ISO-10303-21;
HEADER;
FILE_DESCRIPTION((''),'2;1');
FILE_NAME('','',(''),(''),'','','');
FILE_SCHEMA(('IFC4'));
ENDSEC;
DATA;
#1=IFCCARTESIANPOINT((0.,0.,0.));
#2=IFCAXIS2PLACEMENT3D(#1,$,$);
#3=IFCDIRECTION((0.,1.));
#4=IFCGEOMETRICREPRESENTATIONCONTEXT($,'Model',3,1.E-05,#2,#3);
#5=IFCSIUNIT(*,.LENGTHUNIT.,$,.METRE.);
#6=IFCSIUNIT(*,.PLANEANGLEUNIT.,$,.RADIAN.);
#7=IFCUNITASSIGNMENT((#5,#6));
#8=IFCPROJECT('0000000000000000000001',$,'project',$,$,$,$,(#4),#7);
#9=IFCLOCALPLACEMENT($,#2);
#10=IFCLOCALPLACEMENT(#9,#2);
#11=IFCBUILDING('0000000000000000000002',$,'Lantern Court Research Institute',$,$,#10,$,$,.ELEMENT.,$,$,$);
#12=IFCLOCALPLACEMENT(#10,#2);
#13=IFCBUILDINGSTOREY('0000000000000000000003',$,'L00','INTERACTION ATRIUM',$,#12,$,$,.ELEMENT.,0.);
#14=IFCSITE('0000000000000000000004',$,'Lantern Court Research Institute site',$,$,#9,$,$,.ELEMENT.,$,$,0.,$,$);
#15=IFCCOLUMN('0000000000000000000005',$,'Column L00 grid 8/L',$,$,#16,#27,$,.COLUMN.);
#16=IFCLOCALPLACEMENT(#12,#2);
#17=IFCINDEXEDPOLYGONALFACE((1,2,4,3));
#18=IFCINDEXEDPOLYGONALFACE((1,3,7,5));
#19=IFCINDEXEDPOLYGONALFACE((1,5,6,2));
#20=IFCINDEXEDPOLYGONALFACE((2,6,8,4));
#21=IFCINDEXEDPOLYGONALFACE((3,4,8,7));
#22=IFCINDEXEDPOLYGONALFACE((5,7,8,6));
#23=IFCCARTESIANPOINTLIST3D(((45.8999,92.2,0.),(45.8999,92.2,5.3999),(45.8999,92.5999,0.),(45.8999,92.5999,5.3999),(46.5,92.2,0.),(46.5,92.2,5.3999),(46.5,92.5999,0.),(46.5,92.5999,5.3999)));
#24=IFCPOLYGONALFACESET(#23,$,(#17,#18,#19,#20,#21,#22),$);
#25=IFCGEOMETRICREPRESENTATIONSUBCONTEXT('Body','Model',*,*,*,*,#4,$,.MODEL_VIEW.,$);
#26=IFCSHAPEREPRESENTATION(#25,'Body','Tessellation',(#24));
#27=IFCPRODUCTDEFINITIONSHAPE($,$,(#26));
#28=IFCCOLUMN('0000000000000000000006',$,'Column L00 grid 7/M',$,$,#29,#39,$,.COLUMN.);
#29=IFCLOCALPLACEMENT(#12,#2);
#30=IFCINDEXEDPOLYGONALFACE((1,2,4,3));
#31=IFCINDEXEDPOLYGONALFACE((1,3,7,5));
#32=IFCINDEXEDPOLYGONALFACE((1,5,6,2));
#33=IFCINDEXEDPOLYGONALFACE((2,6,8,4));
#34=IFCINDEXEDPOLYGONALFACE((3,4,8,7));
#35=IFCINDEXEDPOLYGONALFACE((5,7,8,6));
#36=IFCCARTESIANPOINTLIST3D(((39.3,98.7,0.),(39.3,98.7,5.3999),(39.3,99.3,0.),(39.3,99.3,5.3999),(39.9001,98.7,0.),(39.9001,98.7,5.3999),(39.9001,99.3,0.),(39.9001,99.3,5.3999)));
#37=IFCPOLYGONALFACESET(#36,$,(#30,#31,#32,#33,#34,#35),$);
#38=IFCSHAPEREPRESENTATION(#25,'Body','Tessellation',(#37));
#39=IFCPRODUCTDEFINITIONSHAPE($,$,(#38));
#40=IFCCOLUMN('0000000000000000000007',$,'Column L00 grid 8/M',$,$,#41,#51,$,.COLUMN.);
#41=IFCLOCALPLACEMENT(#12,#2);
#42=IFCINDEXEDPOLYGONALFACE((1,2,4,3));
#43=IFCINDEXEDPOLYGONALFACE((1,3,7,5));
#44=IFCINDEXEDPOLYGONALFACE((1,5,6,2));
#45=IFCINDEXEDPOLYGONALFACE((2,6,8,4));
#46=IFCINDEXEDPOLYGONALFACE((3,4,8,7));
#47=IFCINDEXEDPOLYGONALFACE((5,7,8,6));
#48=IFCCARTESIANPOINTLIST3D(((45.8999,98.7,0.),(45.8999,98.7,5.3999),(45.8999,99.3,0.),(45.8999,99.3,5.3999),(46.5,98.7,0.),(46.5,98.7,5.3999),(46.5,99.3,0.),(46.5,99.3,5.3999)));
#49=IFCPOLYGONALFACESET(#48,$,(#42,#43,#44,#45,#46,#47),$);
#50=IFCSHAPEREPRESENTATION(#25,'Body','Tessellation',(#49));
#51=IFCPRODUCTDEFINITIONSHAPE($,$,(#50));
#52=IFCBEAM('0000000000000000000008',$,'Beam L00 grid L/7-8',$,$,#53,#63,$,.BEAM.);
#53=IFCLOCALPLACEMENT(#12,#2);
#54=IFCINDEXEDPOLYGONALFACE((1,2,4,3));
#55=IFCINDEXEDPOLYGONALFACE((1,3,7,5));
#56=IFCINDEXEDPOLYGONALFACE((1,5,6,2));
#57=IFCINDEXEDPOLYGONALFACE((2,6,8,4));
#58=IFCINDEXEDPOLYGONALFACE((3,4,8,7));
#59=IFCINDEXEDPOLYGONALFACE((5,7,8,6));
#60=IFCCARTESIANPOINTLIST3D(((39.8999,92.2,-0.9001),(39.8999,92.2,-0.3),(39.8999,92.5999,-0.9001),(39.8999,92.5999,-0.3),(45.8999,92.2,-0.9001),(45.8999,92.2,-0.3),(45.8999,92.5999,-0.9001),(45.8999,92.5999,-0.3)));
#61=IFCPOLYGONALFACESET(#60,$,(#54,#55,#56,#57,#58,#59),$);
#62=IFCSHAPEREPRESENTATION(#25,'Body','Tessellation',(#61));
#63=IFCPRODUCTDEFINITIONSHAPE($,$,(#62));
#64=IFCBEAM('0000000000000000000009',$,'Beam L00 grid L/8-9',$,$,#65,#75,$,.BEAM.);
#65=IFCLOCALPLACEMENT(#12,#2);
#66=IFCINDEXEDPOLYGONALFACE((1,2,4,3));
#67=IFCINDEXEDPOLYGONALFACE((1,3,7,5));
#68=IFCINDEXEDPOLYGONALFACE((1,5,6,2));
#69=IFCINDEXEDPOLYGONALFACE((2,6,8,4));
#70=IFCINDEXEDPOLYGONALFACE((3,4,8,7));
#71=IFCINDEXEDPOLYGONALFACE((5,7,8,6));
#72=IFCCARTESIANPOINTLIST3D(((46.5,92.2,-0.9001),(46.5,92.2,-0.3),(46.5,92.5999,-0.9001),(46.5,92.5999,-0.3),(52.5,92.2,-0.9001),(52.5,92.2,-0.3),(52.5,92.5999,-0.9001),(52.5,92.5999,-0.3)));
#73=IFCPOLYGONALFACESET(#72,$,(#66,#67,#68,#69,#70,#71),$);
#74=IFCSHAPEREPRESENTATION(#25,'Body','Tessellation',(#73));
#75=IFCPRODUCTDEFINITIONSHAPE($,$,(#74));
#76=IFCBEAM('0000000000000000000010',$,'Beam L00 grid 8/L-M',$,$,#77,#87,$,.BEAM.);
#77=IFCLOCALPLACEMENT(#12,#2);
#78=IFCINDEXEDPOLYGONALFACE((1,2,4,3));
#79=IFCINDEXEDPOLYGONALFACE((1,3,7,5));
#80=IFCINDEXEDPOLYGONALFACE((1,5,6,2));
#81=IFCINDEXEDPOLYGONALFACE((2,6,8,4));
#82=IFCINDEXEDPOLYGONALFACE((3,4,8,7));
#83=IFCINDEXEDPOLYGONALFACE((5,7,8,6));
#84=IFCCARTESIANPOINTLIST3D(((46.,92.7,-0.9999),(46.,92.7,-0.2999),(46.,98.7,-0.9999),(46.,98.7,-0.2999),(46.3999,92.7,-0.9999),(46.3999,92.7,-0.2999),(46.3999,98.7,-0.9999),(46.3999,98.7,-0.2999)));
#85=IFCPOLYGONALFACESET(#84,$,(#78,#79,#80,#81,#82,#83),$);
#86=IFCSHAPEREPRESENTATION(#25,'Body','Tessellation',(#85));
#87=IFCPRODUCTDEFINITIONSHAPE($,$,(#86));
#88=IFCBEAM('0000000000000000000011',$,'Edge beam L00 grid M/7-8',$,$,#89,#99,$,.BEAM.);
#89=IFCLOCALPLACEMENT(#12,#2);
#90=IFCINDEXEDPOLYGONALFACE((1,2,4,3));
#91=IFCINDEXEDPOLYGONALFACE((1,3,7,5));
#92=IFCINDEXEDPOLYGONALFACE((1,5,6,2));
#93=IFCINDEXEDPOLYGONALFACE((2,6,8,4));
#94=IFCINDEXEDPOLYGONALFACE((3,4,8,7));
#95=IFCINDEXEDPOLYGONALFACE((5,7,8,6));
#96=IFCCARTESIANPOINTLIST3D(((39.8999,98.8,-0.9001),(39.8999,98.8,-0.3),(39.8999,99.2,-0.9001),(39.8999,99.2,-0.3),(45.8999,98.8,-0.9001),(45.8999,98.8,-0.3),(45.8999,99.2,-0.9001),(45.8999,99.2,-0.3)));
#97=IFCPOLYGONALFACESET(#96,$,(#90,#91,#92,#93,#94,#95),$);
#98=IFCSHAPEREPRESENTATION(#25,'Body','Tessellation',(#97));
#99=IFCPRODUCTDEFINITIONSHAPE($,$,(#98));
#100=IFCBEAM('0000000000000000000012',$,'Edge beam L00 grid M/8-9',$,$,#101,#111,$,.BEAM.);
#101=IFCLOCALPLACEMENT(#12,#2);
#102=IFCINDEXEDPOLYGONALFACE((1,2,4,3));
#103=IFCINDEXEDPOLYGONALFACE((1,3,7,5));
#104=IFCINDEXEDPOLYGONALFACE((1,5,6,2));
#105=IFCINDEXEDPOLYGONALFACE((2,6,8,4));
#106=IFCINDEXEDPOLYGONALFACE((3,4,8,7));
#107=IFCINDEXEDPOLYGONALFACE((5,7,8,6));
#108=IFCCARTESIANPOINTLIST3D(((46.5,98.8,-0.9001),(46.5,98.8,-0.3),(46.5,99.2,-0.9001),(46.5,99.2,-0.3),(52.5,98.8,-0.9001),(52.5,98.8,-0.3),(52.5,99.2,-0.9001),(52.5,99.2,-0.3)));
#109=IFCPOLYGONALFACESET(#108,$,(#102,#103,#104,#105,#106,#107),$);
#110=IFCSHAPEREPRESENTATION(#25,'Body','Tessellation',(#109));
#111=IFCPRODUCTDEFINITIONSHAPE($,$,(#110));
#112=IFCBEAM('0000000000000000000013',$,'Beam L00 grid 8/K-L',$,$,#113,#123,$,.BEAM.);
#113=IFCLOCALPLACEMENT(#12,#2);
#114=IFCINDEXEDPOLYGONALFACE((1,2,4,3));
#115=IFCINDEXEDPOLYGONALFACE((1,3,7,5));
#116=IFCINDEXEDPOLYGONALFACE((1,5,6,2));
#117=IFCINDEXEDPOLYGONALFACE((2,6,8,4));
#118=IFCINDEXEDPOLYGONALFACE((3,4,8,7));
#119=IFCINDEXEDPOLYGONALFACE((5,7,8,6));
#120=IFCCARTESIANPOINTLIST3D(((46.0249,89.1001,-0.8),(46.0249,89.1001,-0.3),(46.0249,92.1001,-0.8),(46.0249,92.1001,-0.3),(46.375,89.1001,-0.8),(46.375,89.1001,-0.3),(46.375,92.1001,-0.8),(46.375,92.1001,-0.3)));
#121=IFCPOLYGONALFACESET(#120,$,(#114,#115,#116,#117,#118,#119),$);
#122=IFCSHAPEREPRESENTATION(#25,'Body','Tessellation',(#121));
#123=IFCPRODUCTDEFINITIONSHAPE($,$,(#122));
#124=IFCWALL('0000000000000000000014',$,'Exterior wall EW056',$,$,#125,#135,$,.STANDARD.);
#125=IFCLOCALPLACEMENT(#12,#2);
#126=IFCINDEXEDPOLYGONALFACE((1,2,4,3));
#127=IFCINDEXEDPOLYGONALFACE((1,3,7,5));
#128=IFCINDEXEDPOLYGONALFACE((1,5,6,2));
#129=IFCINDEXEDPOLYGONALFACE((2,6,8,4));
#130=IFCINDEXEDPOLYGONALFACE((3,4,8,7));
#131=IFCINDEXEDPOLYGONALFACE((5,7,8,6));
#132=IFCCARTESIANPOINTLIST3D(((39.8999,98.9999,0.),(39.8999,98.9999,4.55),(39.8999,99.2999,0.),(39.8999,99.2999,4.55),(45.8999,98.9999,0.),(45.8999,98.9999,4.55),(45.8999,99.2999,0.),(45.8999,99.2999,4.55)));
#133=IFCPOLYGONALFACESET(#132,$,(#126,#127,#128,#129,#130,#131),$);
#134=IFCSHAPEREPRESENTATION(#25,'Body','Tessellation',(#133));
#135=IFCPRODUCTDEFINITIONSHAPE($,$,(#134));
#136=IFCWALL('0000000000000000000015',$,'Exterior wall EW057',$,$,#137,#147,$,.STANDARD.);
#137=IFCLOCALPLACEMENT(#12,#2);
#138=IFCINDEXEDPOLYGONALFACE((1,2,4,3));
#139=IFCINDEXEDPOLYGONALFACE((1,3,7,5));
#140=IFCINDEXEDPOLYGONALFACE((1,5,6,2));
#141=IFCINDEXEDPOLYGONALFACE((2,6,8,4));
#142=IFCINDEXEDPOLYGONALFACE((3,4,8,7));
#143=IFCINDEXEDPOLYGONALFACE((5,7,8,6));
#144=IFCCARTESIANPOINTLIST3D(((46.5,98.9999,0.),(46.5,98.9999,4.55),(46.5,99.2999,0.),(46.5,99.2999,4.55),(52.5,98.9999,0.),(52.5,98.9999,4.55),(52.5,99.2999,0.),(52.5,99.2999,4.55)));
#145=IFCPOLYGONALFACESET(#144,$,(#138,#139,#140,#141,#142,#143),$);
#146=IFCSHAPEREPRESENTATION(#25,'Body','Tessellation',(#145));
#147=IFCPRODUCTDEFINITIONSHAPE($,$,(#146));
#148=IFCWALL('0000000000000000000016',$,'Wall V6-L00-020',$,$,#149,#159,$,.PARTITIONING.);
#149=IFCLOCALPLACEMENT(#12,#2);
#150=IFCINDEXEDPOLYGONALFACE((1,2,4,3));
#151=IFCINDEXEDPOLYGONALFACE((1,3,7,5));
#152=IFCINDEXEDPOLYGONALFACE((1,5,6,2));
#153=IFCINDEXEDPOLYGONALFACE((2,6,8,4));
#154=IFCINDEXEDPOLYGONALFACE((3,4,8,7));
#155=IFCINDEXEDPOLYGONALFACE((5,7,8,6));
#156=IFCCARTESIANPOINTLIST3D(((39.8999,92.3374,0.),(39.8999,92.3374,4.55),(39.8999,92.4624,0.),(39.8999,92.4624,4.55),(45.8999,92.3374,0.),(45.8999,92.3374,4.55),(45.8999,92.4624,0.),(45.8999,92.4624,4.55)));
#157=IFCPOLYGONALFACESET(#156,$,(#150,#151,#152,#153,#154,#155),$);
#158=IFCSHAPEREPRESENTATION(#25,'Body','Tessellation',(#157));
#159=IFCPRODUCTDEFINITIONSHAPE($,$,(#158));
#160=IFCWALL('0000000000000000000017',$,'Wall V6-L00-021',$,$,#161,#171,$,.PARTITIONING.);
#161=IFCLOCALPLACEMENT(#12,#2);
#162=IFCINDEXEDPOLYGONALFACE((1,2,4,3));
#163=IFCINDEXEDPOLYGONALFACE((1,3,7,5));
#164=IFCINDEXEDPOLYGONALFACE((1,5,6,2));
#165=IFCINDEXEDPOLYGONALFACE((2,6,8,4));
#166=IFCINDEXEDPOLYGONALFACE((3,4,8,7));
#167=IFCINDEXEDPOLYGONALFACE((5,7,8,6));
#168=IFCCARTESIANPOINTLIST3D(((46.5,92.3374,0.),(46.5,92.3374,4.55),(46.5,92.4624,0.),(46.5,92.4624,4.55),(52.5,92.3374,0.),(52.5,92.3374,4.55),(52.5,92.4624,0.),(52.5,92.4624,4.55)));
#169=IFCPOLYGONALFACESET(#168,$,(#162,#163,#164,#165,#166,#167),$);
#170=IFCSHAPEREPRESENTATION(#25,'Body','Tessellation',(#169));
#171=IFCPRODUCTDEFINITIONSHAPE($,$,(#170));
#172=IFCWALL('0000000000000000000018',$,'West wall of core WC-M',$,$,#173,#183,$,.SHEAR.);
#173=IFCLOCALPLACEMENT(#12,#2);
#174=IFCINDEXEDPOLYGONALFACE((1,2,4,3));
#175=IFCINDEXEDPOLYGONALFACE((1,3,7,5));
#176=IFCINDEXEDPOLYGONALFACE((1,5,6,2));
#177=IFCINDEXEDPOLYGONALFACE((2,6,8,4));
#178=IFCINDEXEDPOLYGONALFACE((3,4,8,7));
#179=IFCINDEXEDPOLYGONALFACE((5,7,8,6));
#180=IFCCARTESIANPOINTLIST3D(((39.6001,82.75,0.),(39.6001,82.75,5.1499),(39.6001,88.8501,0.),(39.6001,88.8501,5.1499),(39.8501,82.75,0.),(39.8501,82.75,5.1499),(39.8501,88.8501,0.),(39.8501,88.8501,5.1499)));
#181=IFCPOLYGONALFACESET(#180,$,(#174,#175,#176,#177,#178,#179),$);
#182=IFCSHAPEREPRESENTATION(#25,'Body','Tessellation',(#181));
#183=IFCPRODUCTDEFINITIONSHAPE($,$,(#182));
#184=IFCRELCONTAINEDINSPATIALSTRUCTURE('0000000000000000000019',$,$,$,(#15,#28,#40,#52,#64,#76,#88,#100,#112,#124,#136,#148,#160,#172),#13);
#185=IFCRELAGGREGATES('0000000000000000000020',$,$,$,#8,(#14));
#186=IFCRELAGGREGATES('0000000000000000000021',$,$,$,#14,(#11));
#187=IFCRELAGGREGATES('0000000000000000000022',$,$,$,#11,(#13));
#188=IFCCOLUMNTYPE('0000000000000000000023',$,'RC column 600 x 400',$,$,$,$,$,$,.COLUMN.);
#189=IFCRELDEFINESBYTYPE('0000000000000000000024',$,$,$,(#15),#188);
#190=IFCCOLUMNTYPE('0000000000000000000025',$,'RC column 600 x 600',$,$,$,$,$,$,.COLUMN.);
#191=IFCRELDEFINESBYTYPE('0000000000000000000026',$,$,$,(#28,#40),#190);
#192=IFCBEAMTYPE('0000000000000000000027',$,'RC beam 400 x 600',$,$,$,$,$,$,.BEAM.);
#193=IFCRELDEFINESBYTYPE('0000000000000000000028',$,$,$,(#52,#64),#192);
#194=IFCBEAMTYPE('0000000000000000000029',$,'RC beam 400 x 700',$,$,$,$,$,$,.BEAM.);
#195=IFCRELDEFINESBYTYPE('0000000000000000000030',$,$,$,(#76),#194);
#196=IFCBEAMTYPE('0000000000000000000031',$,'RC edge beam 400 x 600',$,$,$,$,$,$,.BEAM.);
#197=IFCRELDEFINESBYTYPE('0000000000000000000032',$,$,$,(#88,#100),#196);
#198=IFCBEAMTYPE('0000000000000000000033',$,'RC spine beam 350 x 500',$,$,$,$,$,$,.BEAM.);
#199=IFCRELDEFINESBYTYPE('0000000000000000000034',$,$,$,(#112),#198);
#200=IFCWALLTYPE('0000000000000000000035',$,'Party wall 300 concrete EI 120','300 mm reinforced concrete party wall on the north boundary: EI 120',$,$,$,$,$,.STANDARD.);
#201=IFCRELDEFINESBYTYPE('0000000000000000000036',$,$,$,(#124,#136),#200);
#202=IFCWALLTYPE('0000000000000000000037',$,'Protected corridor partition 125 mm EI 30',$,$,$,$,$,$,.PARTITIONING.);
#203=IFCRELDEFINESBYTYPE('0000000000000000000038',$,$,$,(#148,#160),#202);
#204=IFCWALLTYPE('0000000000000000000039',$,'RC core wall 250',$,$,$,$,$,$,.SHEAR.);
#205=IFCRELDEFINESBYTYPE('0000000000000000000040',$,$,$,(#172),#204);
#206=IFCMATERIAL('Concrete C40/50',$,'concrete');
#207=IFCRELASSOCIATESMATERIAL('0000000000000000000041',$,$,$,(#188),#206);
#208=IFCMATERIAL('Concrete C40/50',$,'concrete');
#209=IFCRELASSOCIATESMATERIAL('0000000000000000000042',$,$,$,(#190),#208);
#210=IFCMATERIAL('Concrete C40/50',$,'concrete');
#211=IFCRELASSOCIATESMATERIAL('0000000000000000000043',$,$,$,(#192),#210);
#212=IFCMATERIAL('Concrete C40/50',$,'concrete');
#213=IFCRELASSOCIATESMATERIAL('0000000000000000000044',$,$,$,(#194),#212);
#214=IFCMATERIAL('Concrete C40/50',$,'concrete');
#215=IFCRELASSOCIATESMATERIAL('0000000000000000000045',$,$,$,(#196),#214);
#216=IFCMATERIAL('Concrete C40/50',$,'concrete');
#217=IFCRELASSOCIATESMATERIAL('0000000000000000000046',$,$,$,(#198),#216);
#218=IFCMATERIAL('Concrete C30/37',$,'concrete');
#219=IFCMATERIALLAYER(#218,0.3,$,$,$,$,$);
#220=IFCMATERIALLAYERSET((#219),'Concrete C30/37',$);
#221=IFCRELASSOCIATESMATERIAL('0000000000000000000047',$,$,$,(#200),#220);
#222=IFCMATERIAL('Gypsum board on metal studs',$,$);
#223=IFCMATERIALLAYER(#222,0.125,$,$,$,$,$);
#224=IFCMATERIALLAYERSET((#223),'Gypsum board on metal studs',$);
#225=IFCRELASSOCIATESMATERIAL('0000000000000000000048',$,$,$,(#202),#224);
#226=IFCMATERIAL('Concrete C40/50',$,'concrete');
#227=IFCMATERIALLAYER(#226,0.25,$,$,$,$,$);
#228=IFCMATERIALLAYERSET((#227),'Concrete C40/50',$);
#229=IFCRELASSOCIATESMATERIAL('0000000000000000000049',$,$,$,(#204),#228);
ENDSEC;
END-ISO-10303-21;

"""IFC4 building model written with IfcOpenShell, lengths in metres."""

from ifc_helpers import new_model, si_unit, direction, frame, frame_2d, origin, origin_2d, place, context, subcontext, project, spatial, rectangle, extrude, material, layer, layer_set, material_profile, profile_set, type_object, element, save


model = new_model("IFC4")

# Units and contexts
model_context = context("Model", 3, precision=1e-05, world=origin(), true_north=direction((0.0, 1.0)))
body_context = subcontext(model_context, "Body", "Model", "MODEL_VIEW")
ifc_project = project(units=[si_unit("LENGTHUNIT", "METRE"), si_unit("PLANEANGLEUNIT", "RADIAN")], contexts=[model_context])

# Site, building, storey
site_placement = place(None, origin())
site = spatial("IfcSite", under=ifc_project, at=site_placement, Name="Lantern Court Research Institute site", CompositionType="ELEMENT", RefElevation=0.0)
building_placement = place(site_placement, origin())
building = spatial("IfcBuilding", under=site, at=building_placement, Name="Lantern Court Research Institute", CompositionType="ELEMENT")
storey_placement = place(building_placement, origin())
storey = spatial("IfcBuildingStorey", under=building, at=storey_placement, Name="L00", Description="INTERACTION ATRIUM", CompositionType="ELEMENT", Elevation=0.0)

# Columns
ifc_material_1 = material(Name="Concrete C40/50", Category="concrete")
ifc_material_profile_1 = material_profile(ifc_material_1, rectangle(XDim=0.6001, YDim=0.3999, at=origin_2d()), Name="RC column 600 x 400")
ifc_profile_set_1 = profile_set([ifc_material_profile_1], Name="Concrete C40/50")
column_type_1 = type_object("IfcColumnType", Name="RC column 600 x 400", PredefinedType="COLUMN", material=ifc_profile_set_1)
column_placement = place(storey_placement, frame((46.2, 92.3999, 0.0), z_axis=(0.0, 0.0, 1.0), x_axis=(1.0, 0.0, 0.0)))
element("IfcColumn", 1, at=column_placement, inside=storey, type_object=column_type_1, Name="Column L00 grid 8/L", PredefinedType="COLUMN", context=body_context, shape_type="SweptSolid", body=[
    extrude(rectangle(XDim=0.6001, YDim=0.3999, at=origin_2d()), origin(), (0.0, 0.0, 1.0), 5.3999),
])
ifc_material_2 = material(Name="Concrete C40/50", Category="concrete")
ifc_material_profile_2 = material_profile(ifc_material_2, rectangle(XDim=0.6001, YDim=0.6001, at=origin_2d()), Name="RC column 600 x 600")
ifc_profile_set_2 = profile_set([ifc_material_profile_2], Name="Concrete C40/50")
column_type_2 = type_object("IfcColumnType", Name="RC column 600 x 600", PredefinedType="COLUMN", material=ifc_profile_set_2)
for number, where, z_axis, x_axis, name in (
    (2, (39.6001, 99.0, 0.0), (0.0, 0.0, 1.0), (1.0, 0.0, 0.0), "Column L00 grid 7/M"),
    (3, (46.2, 99.0, 0.0), (0.0, 0.0, 1.0), (1.0, 0.0, 0.0), "Column L00 grid 8/M"),
):
    element("IfcColumn", number, at=place(storey_placement, frame(where, z_axis=z_axis, x_axis=x_axis)), inside=storey, type_object=column_type_2, Name=name, PredefinedType="COLUMN", context=body_context, shape_type="SweptSolid", body=[
        extrude(rectangle(XDim=0.6001, YDim=0.6001, at=origin_2d()), origin(), (0.0, 0.0, 1.0), 5.3999),
    ])

# Beams
ifc_material_3 = material(Name="Concrete C40/50", Category="concrete")
ifc_material_profile_3 = material_profile(ifc_material_3, rectangle(XDim=0.3999, YDim=0.6001, at=origin_2d()), Name="RC beam 400 x 600")
ifc_profile_set_3 = profile_set([ifc_material_profile_3], Name="Concrete C40/50")
beam_type_1 = type_object("IfcBeamType", Name="RC beam 400 x 600", PredefinedType="BEAM", material=ifc_profile_set_3)
for number, where, z_axis, x_axis, name in (
    (4, (39.8999, 92.3999, -0.6001), (1.0, 0.0, 0.0), (0.0, 1.0, 0.0), "Beam L00 grid L/7-8"),
    (5, (46.5, 92.3999, -0.6001), (1.0, 0.0, 0.0), (0.0, 1.0, 0.0), "Beam L00 grid L/8-9"),
):
    element("IfcBeam", number, at=place(storey_placement, frame(where, z_axis=z_axis, x_axis=x_axis)), inside=storey, type_object=beam_type_1, Name=name, PredefinedType="BEAM", context=body_context, shape_type="SweptSolid", body=[
        extrude(rectangle(XDim=0.3999, YDim=0.6001, at=origin_2d()), origin(), (0.0, 0.0, 1.0), 6.0),
    ])
ifc_material_4 = material(Name="Concrete C40/50", Category="concrete")
ifc_material_profile_4 = material_profile(ifc_material_4, rectangle(XDim=0.3999, YDim=0.7, at=origin_2d()), Name="RC beam 400 x 700")
ifc_profile_set_4 = profile_set([ifc_material_profile_4], Name="Concrete C40/50")
beam_type_2 = type_object("IfcBeamType", Name="RC beam 400 x 700", PredefinedType="BEAM", material=ifc_profile_set_4)
beam_1_placement = place(storey_placement, frame((46.2, 92.7, -0.6499), z_axis=(0.0, 1.0, 0.0), x_axis=(-1.0, 0.0, 0.0)))
element("IfcBeam", 6, at=beam_1_placement, inside=storey, type_object=beam_type_2, Name="Beam L00 grid 8/L-M", PredefinedType="BEAM", context=body_context, shape_type="SweptSolid", body=[
    extrude(rectangle(XDim=0.3999, YDim=0.7, at=origin_2d()), origin(), (0.0, 0.0, 1.0), 6.0),
])
ifc_material_5 = material(Name="Concrete C40/50", Category="concrete")
ifc_material_profile_5 = material_profile(ifc_material_5, rectangle(XDim=0.3999, YDim=0.6001, at=origin_2d()), Name="RC beam 400 x 600")
ifc_profile_set_5 = profile_set([ifc_material_profile_5], Name="Concrete C40/50")
beam_type_3 = type_object("IfcBeamType", Name="RC edge beam 400 x 600", PredefinedType="BEAM", material=ifc_profile_set_5)
for number, where, z_axis, x_axis, name in (
    (7, (39.8999, 99.0, -0.6001), (1.0, 0.0, 0.0), (0.0, 1.0, 0.0), "Edge beam L00 grid M/7-8"),
    (8, (46.5, 99.0, -0.6001), (1.0, 0.0, 0.0), (0.0, 1.0, 0.0), "Edge beam L00 grid M/8-9"),
):
    element("IfcBeam", number, at=place(storey_placement, frame(where, z_axis=z_axis, x_axis=x_axis)), inside=storey, type_object=beam_type_3, Name=name, PredefinedType="BEAM", context=body_context, shape_type="SweptSolid", body=[
        extrude(rectangle(XDim=0.3999, YDim=0.6001, at=origin_2d()), origin(), (0.0, 0.0, 1.0), 6.0),
    ])
ifc_material_6 = material(Name="Concrete C40/50", Category="concrete")
ifc_material_profile_6 = material_profile(ifc_material_6, rectangle(XDim=0.3501, YDim=0.5, at=origin_2d()), Name="RC beam 350 x 500")
ifc_profile_set_6 = profile_set([ifc_material_profile_6], Name="Concrete C40/50")
beam_type_4 = type_object("IfcBeamType", Name="RC spine beam 350 x 500", PredefinedType="BEAM", material=ifc_profile_set_6)
beam_2_placement = place(storey_placement, frame((46.2, 89.1001, -0.55), z_axis=(0.0, 1.0, 0.0), x_axis=(-1.0, 0.0, 0.0)))
element("IfcBeam", 9, at=beam_2_placement, inside=storey, type_object=beam_type_4, Name="Beam L00 grid 8/K-L", PredefinedType="BEAM", context=body_context, shape_type="SweptSolid", body=[
    extrude(rectangle(XDim=0.3501, YDim=0.5, at=origin_2d()), origin(), (0.0, 0.0, 1.0), 3.0),
])

# Walls
ifc_material_7 = material(Name="Concrete C30/37", Category="concrete")
ifc_layer_1 = layer(ifc_material_7, 0.3)
ifc_layer_set_1 = layer_set([ifc_layer_1], Name="Concrete C30/37")
wall_type_1 = type_object("IfcWallType", Name="Party wall 300 concrete EI 120", Description="300 mm reinforced concrete party wall on the north boundary: EI 120", PredefinedType="STANDARD", material=ifc_layer_set_1)
for number, where, z_axis, x_axis, name in (
    (10, (39.8999, 99.1499, 0.0), (0.0, 0.0, 1.0), (1.0, 0.0, 0.0), "Exterior wall EW056"),
    (11, (46.5, 99.1499, 0.0), (0.0, 0.0, 1.0), (1.0, 0.0, 0.0), "Exterior wall EW057"),
):
    element("IfcWall", number, at=place(storey_placement, frame(where, z_axis=z_axis, x_axis=x_axis)), inside=storey, type_object=wall_type_1, Name=name, PredefinedType="STANDARD", context=body_context, shape_type="SweptSolid", body=[
        extrude(rectangle(XDim=6.0, YDim=0.3, at=frame_2d((3.0, 0.0))), origin(), (0.0, 0.0, 1.0), 4.55),
    ])
ifc_material_8 = material(Name="Gypsum board on metal studs")
ifc_layer_2 = layer(ifc_material_8, 0.125)
ifc_layer_set_2 = layer_set([ifc_layer_2], Name="Gypsum board on metal studs")
wall_type_2 = type_object("IfcWallType", Name="Protected corridor partition 125 mm EI 30", PredefinedType="PARTITIONING", material=ifc_layer_set_2)
for number, where, z_axis, x_axis, name in (
    (12, (39.8999, 92.3999, 0.0), (0.0, 0.0, 1.0), (1.0, 0.0, 0.0), "Wall V6-L00-020"),
    (13, (46.5, 92.3999, 0.0), (0.0, 0.0, 1.0), (1.0, 0.0, 0.0), "Wall V6-L00-021"),
):
    element("IfcWall", number, at=place(storey_placement, frame(where, z_axis=z_axis, x_axis=x_axis)), inside=storey, type_object=wall_type_2, Name=name, PredefinedType="PARTITIONING", context=body_context, shape_type="SweptSolid", body=[
        extrude(rectangle(XDim=6.0, YDim=0.125, at=frame_2d((3.0, 0.0))), origin(), (0.0, 0.0, 1.0), 4.55),
    ])
ifc_material_9 = material(Name="Concrete C40/50", Category="concrete")
ifc_layer_3 = layer(ifc_material_9, 0.25)
ifc_layer_set_3 = layer_set([ifc_layer_3], Name="Concrete C40/50")
wall_type_3 = type_object("IfcWallType", Name="RC core wall 250", PredefinedType="SHEAR", material=ifc_layer_set_3)
wall_1_placement = place(storey_placement, frame((39.7251, 88.8501, 0.0), z_axis=(0.0, 0.0, 1.0), x_axis=(0.0, -1.0, 0.0)))
element("IfcWall", 14, at=wall_1_placement, inside=storey, type_object=wall_type_3, Name="West wall of core WC-M", PredefinedType="SHEAR", context=body_context, shape_type="SweptSolid", body=[
    extrude(rectangle(XDim=6.1001, YDim=0.25, at=frame_2d((3.05, 0.0))), origin(), (0.0, 0.0, 1.0), 5.1499),
])

save(model, "model.ifc")
